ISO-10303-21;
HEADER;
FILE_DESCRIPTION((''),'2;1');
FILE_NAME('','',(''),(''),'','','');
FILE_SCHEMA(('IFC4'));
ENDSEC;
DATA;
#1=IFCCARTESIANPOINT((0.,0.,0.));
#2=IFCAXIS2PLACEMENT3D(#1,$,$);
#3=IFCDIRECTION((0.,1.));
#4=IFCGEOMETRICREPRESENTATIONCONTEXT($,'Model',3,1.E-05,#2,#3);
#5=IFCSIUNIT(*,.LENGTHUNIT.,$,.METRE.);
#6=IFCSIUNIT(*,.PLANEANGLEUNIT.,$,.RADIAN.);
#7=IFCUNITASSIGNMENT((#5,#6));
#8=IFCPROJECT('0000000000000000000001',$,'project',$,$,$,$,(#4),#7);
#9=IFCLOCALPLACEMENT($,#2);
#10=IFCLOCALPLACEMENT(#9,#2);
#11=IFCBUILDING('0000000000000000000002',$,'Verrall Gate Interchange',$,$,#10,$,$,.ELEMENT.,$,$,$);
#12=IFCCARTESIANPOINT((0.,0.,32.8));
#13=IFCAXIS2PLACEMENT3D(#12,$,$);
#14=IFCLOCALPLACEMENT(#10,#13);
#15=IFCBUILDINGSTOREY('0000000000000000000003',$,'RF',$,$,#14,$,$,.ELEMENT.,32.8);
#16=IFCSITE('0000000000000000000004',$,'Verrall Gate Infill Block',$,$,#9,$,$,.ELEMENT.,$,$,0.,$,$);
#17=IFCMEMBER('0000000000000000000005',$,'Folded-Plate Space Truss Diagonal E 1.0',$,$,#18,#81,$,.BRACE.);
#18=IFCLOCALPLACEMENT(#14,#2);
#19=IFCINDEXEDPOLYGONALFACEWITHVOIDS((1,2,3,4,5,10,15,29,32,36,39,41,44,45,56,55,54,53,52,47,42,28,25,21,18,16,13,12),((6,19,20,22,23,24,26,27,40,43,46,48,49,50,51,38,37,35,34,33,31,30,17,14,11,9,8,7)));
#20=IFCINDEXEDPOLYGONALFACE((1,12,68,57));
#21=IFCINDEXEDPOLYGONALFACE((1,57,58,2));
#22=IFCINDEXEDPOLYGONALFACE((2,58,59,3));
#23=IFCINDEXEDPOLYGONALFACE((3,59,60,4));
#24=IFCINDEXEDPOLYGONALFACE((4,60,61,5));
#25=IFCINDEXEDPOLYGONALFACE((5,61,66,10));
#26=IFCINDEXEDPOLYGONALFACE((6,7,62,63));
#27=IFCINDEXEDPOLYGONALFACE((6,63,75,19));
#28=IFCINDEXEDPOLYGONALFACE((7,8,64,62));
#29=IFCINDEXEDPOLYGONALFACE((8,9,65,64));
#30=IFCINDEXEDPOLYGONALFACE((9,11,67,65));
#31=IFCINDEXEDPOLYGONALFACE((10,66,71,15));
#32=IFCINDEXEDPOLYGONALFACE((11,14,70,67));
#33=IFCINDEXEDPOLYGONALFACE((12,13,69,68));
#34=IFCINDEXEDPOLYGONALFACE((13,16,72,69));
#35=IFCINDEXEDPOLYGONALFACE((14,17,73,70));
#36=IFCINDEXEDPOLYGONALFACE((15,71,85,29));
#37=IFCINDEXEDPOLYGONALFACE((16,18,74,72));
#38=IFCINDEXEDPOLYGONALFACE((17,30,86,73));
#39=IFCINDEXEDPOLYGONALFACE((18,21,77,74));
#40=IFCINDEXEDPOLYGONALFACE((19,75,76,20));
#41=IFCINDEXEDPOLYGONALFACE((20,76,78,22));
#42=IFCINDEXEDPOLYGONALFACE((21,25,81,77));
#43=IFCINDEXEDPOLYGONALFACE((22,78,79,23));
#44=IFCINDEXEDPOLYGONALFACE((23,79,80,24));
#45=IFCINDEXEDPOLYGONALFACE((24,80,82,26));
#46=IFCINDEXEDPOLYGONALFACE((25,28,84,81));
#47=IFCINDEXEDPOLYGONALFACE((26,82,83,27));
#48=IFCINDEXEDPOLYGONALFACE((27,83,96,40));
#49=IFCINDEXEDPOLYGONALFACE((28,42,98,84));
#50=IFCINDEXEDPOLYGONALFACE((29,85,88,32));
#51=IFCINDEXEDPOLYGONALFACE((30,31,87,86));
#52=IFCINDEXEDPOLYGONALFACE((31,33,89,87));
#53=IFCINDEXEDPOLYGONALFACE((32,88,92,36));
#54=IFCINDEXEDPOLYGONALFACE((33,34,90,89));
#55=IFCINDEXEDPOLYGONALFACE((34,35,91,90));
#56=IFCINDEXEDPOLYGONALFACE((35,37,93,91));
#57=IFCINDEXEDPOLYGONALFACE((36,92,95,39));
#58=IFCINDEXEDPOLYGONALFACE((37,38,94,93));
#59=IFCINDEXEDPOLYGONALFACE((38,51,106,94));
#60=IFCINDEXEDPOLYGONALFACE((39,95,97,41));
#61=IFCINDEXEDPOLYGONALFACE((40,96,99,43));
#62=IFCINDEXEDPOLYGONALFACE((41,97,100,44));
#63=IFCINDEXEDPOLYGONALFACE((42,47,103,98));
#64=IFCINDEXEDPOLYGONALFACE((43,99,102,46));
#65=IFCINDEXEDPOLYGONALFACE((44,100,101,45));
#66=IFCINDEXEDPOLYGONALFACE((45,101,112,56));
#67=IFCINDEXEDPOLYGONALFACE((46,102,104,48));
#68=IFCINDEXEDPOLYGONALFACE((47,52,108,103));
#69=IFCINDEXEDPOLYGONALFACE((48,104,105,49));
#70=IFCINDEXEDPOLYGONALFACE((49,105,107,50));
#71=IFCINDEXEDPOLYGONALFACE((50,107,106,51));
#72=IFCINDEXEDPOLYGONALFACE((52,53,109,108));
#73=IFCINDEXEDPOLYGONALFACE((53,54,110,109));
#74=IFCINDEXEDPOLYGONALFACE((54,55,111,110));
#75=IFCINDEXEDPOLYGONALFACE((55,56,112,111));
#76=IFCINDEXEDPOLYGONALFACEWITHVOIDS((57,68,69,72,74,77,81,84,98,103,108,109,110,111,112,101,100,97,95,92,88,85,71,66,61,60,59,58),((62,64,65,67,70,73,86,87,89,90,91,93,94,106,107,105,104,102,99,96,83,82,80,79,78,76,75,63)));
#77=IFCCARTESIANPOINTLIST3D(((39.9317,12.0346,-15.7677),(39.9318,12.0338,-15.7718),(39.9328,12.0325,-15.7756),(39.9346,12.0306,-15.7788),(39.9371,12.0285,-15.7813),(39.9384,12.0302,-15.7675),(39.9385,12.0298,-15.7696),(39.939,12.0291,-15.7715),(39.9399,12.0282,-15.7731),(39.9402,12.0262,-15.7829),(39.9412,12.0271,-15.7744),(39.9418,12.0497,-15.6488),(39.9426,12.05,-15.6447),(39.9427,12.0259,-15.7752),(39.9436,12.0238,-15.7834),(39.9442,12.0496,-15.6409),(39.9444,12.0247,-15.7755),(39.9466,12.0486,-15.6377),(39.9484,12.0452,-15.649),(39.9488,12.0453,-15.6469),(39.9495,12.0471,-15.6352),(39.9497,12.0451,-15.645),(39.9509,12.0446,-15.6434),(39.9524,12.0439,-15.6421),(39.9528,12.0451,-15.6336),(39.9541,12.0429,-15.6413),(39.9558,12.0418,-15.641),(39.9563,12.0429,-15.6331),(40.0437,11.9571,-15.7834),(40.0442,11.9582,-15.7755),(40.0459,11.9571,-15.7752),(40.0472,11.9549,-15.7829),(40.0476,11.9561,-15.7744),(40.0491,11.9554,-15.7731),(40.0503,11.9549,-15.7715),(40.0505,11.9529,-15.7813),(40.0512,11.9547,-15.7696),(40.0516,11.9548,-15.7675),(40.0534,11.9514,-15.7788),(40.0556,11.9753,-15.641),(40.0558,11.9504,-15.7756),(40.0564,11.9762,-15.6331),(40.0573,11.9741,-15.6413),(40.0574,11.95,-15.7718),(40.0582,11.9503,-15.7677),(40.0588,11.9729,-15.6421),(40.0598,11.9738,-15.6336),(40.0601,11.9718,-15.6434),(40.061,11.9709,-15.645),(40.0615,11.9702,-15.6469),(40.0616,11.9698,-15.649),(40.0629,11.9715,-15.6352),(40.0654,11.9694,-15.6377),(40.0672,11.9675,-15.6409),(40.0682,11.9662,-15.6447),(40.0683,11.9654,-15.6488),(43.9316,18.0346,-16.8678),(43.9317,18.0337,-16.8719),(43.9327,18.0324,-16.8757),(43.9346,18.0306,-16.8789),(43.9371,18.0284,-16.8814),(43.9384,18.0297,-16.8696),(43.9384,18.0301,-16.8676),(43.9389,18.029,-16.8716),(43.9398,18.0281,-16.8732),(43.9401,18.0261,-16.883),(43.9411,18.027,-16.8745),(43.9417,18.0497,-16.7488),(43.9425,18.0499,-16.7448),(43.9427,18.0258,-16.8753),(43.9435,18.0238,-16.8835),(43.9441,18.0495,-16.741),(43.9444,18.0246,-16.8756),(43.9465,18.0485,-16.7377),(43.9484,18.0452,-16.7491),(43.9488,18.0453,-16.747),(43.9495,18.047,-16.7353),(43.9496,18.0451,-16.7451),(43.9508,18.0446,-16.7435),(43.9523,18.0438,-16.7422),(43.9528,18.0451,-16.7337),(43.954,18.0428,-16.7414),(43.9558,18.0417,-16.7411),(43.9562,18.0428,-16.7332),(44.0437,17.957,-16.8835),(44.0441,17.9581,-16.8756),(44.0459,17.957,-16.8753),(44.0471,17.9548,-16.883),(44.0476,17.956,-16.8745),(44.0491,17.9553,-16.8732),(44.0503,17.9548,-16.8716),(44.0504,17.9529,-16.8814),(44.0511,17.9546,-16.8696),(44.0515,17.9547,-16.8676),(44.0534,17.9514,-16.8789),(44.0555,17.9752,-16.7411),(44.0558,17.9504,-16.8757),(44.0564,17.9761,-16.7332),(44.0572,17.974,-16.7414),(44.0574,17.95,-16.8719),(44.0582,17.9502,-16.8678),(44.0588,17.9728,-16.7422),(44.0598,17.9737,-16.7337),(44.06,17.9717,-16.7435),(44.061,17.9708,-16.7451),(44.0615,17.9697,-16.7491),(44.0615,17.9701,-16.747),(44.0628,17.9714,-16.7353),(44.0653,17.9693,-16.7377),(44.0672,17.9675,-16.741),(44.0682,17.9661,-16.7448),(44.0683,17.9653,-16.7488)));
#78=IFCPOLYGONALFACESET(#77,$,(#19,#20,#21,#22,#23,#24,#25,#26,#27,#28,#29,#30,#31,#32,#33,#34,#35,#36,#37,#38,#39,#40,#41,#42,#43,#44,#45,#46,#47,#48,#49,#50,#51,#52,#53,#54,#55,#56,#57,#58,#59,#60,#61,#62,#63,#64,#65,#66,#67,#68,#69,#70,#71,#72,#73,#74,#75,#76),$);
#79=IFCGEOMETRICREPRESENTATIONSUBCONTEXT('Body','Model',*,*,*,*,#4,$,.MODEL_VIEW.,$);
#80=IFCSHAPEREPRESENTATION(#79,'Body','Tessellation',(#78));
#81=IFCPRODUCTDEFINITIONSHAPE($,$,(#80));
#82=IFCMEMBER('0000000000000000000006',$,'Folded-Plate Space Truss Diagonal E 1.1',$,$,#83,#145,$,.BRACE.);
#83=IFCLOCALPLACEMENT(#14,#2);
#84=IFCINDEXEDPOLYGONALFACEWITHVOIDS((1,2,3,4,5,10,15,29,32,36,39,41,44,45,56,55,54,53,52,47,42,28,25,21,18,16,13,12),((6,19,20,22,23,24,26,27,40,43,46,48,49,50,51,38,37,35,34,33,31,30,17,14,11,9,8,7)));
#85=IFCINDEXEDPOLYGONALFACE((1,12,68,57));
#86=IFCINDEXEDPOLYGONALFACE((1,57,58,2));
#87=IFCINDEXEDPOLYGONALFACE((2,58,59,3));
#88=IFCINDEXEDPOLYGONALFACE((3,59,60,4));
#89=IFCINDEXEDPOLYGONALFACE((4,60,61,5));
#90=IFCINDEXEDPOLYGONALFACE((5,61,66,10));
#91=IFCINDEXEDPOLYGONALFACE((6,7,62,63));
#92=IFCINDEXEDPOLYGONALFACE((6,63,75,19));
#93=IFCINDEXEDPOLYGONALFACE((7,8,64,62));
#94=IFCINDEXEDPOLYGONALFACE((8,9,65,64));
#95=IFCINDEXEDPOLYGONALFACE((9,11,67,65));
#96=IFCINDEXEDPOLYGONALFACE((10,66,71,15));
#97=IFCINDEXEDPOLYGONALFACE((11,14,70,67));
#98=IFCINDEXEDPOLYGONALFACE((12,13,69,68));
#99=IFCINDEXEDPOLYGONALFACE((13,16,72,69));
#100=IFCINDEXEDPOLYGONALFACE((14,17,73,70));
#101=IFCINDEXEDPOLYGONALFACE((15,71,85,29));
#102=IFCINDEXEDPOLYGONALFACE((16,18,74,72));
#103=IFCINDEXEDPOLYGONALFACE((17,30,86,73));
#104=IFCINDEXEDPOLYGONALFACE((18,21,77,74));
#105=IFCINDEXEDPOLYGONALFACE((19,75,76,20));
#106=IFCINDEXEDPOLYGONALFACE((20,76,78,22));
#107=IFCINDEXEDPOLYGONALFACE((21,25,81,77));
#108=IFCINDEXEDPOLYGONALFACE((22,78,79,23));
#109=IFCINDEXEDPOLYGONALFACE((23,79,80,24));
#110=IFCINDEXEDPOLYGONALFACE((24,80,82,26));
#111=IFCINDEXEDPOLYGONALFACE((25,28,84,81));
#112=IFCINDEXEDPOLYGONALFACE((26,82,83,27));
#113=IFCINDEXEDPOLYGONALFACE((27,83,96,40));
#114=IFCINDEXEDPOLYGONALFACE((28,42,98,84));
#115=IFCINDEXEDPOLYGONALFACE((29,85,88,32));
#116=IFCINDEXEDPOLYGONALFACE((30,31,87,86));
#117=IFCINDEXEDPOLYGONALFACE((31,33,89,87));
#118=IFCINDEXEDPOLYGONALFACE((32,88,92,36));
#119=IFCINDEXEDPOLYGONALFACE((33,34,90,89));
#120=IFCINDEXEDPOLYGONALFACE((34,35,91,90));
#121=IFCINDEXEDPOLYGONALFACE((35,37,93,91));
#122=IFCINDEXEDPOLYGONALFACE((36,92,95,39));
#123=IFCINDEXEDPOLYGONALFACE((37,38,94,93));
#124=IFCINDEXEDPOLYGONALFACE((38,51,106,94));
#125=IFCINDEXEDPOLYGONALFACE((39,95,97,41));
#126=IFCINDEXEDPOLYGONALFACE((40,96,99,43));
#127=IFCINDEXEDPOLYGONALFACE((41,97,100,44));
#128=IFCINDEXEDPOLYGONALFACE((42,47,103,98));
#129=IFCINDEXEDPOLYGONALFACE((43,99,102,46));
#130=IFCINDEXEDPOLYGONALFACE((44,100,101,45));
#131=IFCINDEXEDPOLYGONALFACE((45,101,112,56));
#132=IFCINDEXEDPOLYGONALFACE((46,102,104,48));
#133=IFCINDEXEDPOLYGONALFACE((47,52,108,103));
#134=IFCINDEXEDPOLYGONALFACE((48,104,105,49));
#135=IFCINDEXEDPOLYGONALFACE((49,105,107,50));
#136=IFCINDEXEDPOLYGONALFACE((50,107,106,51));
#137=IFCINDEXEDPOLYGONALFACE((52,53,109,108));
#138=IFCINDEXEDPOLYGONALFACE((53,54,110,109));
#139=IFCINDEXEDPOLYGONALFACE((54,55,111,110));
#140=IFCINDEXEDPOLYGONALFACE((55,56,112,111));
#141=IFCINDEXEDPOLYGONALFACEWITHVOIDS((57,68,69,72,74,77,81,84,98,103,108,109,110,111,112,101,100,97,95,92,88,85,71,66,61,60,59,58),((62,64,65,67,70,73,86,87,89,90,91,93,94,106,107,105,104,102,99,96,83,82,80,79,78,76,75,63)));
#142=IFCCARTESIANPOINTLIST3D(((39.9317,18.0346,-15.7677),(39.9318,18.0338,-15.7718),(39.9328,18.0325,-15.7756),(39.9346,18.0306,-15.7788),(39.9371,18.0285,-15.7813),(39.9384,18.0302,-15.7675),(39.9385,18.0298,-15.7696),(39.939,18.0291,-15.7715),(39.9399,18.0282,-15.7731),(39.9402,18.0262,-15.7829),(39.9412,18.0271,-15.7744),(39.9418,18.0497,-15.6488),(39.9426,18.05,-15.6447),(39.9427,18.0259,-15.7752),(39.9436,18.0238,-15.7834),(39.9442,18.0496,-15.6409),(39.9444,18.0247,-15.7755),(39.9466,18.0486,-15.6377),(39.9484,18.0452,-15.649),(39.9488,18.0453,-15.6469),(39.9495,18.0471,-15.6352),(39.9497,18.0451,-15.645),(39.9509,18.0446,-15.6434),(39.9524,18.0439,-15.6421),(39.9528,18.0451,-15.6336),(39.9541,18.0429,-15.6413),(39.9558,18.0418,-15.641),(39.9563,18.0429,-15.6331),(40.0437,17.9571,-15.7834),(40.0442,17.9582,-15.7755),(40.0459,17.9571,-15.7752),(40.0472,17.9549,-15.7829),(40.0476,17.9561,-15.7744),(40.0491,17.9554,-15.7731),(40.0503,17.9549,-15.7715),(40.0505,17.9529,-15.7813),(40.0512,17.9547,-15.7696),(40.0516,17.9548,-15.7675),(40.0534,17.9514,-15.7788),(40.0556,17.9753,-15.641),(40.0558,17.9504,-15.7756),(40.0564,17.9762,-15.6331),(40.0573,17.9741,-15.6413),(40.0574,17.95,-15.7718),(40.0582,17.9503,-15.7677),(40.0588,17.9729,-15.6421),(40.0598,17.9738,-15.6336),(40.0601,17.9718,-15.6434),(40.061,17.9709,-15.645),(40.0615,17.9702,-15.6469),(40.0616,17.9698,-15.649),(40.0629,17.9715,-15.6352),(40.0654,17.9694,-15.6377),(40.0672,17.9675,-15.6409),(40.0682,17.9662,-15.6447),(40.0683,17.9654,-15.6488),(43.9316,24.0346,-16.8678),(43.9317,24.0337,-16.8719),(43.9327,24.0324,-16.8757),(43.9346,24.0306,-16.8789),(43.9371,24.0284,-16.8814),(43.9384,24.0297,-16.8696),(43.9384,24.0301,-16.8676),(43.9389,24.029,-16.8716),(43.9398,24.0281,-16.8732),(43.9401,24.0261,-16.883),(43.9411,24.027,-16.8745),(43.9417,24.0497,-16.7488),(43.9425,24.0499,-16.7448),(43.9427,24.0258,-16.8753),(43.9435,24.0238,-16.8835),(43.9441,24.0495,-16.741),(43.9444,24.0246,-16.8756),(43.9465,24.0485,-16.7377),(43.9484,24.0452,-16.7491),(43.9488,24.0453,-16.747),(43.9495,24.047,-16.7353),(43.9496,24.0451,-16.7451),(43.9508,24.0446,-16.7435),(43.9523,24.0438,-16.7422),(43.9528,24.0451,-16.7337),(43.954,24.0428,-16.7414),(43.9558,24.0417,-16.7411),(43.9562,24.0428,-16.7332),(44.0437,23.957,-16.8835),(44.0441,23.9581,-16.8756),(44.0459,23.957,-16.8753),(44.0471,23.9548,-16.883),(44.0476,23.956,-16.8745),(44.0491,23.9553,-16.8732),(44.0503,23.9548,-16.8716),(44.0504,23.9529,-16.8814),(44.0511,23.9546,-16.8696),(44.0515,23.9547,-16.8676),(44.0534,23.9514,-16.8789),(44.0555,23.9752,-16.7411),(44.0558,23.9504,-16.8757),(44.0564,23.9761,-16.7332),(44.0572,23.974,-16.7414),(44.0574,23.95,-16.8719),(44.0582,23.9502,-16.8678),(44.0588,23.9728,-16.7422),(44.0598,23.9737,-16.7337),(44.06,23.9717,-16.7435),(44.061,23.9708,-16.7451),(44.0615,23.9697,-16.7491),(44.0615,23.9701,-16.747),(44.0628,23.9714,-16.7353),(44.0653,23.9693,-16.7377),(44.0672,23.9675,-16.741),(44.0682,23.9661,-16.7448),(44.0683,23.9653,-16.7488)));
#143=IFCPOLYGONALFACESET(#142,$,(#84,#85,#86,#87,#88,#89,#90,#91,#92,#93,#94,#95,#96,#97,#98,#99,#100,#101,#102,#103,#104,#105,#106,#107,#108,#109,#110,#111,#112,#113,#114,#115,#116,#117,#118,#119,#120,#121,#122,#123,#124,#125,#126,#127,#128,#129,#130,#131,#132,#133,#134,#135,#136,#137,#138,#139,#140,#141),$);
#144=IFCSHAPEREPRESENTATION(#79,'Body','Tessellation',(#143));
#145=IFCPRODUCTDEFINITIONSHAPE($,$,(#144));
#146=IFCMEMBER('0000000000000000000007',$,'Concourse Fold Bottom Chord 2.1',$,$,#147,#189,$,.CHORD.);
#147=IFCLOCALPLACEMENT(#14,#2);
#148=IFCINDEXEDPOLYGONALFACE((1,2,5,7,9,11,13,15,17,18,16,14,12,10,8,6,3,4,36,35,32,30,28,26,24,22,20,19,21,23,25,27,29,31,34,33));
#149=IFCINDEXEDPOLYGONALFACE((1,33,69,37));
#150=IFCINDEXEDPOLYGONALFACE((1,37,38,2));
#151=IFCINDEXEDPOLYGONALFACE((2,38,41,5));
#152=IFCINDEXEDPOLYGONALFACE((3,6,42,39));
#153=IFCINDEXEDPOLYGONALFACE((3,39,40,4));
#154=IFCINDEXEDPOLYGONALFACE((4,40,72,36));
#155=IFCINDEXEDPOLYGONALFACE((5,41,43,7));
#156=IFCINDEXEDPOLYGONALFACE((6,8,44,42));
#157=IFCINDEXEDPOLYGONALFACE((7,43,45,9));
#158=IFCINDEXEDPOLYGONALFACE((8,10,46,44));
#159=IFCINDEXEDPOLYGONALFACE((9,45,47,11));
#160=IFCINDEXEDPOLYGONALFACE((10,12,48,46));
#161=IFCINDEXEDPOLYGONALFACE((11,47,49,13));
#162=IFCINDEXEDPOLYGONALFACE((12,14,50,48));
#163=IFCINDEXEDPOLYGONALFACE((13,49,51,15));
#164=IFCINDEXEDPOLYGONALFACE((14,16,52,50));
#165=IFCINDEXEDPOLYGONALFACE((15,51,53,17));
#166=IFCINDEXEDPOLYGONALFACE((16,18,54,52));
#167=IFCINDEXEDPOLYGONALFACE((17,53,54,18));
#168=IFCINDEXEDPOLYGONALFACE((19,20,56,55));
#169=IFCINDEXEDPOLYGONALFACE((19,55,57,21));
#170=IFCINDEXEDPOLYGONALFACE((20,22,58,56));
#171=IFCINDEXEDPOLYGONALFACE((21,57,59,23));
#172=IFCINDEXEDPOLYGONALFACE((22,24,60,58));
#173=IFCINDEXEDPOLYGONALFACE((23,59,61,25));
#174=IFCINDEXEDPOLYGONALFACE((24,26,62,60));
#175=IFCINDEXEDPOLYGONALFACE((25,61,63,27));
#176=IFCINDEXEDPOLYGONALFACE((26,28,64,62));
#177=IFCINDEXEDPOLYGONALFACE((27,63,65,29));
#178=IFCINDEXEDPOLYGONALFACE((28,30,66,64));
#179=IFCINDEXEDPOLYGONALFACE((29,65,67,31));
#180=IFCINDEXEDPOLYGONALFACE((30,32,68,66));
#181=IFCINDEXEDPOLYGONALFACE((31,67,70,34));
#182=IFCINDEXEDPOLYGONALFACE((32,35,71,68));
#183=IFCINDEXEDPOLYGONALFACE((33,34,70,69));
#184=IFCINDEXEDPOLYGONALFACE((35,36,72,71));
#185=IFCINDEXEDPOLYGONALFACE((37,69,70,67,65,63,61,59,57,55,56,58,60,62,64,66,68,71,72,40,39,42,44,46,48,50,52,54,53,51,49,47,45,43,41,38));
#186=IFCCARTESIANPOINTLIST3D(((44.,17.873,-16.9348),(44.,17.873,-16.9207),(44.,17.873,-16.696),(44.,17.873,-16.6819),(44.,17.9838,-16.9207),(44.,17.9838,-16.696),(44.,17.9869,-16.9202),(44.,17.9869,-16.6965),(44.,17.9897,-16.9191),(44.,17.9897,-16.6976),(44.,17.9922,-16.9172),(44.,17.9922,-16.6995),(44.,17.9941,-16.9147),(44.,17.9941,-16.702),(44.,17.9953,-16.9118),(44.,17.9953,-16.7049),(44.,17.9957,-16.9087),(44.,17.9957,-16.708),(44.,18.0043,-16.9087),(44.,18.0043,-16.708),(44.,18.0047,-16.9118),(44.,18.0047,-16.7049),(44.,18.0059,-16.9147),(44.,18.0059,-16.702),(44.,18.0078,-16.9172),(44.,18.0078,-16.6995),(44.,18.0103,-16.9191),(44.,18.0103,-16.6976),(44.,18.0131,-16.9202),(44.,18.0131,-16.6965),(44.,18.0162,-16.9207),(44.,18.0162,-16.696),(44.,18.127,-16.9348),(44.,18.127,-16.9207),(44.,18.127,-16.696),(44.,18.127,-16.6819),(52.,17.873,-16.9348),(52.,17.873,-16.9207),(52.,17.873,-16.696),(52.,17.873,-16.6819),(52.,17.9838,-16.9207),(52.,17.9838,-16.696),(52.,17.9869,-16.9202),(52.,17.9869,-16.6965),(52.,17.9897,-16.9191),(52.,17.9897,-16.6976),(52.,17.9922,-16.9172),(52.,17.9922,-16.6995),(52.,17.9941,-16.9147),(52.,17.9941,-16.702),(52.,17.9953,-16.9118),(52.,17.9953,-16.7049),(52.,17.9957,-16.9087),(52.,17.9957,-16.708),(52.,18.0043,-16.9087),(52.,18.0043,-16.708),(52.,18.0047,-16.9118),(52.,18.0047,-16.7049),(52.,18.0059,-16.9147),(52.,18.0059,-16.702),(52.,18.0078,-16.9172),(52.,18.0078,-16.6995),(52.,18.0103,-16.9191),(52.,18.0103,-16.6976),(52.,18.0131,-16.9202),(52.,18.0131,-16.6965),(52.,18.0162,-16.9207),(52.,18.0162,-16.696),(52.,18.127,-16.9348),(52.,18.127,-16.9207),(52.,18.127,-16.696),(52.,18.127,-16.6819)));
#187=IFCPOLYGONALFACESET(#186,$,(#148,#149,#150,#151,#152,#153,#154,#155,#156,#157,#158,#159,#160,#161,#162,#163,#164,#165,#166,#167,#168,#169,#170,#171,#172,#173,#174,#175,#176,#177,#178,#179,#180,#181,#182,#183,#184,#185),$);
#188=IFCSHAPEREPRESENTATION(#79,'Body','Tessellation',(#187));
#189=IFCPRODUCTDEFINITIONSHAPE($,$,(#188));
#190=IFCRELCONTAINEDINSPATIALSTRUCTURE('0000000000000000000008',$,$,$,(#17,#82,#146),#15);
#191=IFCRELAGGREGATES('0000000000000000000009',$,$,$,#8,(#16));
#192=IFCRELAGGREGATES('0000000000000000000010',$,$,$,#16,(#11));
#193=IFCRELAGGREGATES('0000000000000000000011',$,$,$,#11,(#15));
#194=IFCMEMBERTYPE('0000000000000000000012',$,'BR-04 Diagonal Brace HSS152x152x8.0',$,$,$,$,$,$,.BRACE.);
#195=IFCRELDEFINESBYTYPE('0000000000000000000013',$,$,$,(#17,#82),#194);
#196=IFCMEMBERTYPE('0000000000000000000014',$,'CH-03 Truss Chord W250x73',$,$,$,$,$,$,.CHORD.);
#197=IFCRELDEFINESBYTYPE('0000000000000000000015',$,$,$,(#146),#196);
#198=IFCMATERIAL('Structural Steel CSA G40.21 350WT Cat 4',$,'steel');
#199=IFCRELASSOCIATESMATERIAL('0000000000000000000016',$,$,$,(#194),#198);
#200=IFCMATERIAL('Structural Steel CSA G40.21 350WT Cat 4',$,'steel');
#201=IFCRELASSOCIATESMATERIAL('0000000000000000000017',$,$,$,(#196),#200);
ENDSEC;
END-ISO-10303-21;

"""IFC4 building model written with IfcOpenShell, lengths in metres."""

from ifc_helpers import new_model, si_unit, direction, frame, origin, origin_2d, place, context, subcontext, project, spatial, hollow_rectangle, i_section, extrude, material, material_profile, profile_set, type_object, element, save


model = new_model("IFC4")

# Units and contexts
model_context = context("Model", 3, precision=1e-05, world=origin(), true_north=direction((0.0, 1.0)))
body_context = subcontext(model_context, "Body", "Model", "MODEL_VIEW")
ifc_project = project(units=[si_unit("LENGTHUNIT", "METRE"), si_unit("PLANEANGLEUNIT", "RADIAN")], contexts=[model_context])

# Site, building, storey
site_placement = place(None, origin())
site = spatial("IfcSite", under=ifc_project, at=site_placement, Name="Verrall Gate Infill Block", CompositionType="ELEMENT", RefElevation=0.0)
building_placement = place(site_placement, origin())
building = spatial("IfcBuilding", under=site, at=building_placement, Name="Verrall Gate Interchange", CompositionType="ELEMENT")
storey_placement = place(building_placement, frame((0.0, 0.0, 32.8)))
storey = spatial("IfcBuildingStorey", under=building, at=storey_placement, Name="RF", CompositionType="ELEMENT", Elevation=32.8)

# Members
ifc_material_1 = material(Name="Structural Steel CSA G40.21 350WT Cat 4", Category="steel")
ifc_material_profile_1 = material_profile(ifc_material_1, hollow_rectangle(XDim=0.1521, YDim=0.1521, WallThickness=0.0081, InnerFilletRadius=0.0081, OuterFilletRadius=0.0159, at=origin_2d()), Name="HSS152x152x8.0")
ifc_profile_set_1 = profile_set([ifc_material_profile_1], Name="Structural Steel CSA G40.21 350WT Cat 4")
member_type_1 = type_object("IfcMemberType", Name="BR-04 Diagonal Brace HSS152x152x8.0", PredefinedType="BRACE", material=ifc_profile_set_1)
for number, where, z_axis, x_axis, name in (
    (1, (40.0, 12.0, -15.7083), (0.548356, 0.822534, -0.150811), (-0.83205, 0.5547, 0.0), "Folded-Plate Space Truss Diagonal E 1.0"),
    (2, (40.0, 18.0, -15.7083), (0.548356, 0.822534, -0.150811), (-0.83205, 0.5547, 0.0), "Folded-Plate Space Truss Diagonal E 1.1"),
):
    element("IfcMember", number, at=place(storey_placement, frame(where, z_axis=z_axis, x_axis=x_axis)), inside=storey, type_object=member_type_1, Name=name, PredefinedType="BRACE", context=body_context, shape_type="SweptSolid", body=[
        extrude(hollow_rectangle(XDim=0.1521, YDim=0.1521, WallThickness=0.0081, InnerFilletRadius=0.0081, OuterFilletRadius=0.0159, at=origin_2d()), origin(), (0.0, 0.0, 1.0), 7.2944),
    ])
ifc_material_2 = material(Name="Structural Steel CSA G40.21 350WT Cat 4", Category="steel")
ifc_material_profile_2 = material_profile(ifc_material_2, i_section(OverallWidth=0.2539, OverallDepth=0.2529, WebThickness=0.0085, FlangeThickness=0.0142, FilletRadius=0.012, at=origin_2d()), Name="W250x73")
ifc_profile_set_2 = profile_set([ifc_material_profile_2], Name="Structural Steel CSA G40.21 350WT Cat 4")
member_type_2 = type_object("IfcMemberType", Name="CH-03 Truss Chord W250x73", PredefinedType="CHORD", material=ifc_profile_set_2)
member_placement = place(storey_placement, frame((44.0, 18.0, -16.8083), z_axis=(1.0, 0.0, 0.0), x_axis=(0.0, 1.0, 0.0)))
element("IfcMember", 3, at=member_placement, inside=storey, type_object=member_type_2, Name="Concourse Fold Bottom Chord 2.1", PredefinedType="CHORD", context=body_context, shape_type="SweptSolid", body=[
    extrude(i_section(OverallWidth=0.2539, OverallDepth=0.2529, WebThickness=0.0085, FlangeThickness=0.0142, FilletRadius=0.012, at=origin_2d()), origin(), (0.0, 0.0, 1.0), 8.0),
])

save(model, "model.ifc")
